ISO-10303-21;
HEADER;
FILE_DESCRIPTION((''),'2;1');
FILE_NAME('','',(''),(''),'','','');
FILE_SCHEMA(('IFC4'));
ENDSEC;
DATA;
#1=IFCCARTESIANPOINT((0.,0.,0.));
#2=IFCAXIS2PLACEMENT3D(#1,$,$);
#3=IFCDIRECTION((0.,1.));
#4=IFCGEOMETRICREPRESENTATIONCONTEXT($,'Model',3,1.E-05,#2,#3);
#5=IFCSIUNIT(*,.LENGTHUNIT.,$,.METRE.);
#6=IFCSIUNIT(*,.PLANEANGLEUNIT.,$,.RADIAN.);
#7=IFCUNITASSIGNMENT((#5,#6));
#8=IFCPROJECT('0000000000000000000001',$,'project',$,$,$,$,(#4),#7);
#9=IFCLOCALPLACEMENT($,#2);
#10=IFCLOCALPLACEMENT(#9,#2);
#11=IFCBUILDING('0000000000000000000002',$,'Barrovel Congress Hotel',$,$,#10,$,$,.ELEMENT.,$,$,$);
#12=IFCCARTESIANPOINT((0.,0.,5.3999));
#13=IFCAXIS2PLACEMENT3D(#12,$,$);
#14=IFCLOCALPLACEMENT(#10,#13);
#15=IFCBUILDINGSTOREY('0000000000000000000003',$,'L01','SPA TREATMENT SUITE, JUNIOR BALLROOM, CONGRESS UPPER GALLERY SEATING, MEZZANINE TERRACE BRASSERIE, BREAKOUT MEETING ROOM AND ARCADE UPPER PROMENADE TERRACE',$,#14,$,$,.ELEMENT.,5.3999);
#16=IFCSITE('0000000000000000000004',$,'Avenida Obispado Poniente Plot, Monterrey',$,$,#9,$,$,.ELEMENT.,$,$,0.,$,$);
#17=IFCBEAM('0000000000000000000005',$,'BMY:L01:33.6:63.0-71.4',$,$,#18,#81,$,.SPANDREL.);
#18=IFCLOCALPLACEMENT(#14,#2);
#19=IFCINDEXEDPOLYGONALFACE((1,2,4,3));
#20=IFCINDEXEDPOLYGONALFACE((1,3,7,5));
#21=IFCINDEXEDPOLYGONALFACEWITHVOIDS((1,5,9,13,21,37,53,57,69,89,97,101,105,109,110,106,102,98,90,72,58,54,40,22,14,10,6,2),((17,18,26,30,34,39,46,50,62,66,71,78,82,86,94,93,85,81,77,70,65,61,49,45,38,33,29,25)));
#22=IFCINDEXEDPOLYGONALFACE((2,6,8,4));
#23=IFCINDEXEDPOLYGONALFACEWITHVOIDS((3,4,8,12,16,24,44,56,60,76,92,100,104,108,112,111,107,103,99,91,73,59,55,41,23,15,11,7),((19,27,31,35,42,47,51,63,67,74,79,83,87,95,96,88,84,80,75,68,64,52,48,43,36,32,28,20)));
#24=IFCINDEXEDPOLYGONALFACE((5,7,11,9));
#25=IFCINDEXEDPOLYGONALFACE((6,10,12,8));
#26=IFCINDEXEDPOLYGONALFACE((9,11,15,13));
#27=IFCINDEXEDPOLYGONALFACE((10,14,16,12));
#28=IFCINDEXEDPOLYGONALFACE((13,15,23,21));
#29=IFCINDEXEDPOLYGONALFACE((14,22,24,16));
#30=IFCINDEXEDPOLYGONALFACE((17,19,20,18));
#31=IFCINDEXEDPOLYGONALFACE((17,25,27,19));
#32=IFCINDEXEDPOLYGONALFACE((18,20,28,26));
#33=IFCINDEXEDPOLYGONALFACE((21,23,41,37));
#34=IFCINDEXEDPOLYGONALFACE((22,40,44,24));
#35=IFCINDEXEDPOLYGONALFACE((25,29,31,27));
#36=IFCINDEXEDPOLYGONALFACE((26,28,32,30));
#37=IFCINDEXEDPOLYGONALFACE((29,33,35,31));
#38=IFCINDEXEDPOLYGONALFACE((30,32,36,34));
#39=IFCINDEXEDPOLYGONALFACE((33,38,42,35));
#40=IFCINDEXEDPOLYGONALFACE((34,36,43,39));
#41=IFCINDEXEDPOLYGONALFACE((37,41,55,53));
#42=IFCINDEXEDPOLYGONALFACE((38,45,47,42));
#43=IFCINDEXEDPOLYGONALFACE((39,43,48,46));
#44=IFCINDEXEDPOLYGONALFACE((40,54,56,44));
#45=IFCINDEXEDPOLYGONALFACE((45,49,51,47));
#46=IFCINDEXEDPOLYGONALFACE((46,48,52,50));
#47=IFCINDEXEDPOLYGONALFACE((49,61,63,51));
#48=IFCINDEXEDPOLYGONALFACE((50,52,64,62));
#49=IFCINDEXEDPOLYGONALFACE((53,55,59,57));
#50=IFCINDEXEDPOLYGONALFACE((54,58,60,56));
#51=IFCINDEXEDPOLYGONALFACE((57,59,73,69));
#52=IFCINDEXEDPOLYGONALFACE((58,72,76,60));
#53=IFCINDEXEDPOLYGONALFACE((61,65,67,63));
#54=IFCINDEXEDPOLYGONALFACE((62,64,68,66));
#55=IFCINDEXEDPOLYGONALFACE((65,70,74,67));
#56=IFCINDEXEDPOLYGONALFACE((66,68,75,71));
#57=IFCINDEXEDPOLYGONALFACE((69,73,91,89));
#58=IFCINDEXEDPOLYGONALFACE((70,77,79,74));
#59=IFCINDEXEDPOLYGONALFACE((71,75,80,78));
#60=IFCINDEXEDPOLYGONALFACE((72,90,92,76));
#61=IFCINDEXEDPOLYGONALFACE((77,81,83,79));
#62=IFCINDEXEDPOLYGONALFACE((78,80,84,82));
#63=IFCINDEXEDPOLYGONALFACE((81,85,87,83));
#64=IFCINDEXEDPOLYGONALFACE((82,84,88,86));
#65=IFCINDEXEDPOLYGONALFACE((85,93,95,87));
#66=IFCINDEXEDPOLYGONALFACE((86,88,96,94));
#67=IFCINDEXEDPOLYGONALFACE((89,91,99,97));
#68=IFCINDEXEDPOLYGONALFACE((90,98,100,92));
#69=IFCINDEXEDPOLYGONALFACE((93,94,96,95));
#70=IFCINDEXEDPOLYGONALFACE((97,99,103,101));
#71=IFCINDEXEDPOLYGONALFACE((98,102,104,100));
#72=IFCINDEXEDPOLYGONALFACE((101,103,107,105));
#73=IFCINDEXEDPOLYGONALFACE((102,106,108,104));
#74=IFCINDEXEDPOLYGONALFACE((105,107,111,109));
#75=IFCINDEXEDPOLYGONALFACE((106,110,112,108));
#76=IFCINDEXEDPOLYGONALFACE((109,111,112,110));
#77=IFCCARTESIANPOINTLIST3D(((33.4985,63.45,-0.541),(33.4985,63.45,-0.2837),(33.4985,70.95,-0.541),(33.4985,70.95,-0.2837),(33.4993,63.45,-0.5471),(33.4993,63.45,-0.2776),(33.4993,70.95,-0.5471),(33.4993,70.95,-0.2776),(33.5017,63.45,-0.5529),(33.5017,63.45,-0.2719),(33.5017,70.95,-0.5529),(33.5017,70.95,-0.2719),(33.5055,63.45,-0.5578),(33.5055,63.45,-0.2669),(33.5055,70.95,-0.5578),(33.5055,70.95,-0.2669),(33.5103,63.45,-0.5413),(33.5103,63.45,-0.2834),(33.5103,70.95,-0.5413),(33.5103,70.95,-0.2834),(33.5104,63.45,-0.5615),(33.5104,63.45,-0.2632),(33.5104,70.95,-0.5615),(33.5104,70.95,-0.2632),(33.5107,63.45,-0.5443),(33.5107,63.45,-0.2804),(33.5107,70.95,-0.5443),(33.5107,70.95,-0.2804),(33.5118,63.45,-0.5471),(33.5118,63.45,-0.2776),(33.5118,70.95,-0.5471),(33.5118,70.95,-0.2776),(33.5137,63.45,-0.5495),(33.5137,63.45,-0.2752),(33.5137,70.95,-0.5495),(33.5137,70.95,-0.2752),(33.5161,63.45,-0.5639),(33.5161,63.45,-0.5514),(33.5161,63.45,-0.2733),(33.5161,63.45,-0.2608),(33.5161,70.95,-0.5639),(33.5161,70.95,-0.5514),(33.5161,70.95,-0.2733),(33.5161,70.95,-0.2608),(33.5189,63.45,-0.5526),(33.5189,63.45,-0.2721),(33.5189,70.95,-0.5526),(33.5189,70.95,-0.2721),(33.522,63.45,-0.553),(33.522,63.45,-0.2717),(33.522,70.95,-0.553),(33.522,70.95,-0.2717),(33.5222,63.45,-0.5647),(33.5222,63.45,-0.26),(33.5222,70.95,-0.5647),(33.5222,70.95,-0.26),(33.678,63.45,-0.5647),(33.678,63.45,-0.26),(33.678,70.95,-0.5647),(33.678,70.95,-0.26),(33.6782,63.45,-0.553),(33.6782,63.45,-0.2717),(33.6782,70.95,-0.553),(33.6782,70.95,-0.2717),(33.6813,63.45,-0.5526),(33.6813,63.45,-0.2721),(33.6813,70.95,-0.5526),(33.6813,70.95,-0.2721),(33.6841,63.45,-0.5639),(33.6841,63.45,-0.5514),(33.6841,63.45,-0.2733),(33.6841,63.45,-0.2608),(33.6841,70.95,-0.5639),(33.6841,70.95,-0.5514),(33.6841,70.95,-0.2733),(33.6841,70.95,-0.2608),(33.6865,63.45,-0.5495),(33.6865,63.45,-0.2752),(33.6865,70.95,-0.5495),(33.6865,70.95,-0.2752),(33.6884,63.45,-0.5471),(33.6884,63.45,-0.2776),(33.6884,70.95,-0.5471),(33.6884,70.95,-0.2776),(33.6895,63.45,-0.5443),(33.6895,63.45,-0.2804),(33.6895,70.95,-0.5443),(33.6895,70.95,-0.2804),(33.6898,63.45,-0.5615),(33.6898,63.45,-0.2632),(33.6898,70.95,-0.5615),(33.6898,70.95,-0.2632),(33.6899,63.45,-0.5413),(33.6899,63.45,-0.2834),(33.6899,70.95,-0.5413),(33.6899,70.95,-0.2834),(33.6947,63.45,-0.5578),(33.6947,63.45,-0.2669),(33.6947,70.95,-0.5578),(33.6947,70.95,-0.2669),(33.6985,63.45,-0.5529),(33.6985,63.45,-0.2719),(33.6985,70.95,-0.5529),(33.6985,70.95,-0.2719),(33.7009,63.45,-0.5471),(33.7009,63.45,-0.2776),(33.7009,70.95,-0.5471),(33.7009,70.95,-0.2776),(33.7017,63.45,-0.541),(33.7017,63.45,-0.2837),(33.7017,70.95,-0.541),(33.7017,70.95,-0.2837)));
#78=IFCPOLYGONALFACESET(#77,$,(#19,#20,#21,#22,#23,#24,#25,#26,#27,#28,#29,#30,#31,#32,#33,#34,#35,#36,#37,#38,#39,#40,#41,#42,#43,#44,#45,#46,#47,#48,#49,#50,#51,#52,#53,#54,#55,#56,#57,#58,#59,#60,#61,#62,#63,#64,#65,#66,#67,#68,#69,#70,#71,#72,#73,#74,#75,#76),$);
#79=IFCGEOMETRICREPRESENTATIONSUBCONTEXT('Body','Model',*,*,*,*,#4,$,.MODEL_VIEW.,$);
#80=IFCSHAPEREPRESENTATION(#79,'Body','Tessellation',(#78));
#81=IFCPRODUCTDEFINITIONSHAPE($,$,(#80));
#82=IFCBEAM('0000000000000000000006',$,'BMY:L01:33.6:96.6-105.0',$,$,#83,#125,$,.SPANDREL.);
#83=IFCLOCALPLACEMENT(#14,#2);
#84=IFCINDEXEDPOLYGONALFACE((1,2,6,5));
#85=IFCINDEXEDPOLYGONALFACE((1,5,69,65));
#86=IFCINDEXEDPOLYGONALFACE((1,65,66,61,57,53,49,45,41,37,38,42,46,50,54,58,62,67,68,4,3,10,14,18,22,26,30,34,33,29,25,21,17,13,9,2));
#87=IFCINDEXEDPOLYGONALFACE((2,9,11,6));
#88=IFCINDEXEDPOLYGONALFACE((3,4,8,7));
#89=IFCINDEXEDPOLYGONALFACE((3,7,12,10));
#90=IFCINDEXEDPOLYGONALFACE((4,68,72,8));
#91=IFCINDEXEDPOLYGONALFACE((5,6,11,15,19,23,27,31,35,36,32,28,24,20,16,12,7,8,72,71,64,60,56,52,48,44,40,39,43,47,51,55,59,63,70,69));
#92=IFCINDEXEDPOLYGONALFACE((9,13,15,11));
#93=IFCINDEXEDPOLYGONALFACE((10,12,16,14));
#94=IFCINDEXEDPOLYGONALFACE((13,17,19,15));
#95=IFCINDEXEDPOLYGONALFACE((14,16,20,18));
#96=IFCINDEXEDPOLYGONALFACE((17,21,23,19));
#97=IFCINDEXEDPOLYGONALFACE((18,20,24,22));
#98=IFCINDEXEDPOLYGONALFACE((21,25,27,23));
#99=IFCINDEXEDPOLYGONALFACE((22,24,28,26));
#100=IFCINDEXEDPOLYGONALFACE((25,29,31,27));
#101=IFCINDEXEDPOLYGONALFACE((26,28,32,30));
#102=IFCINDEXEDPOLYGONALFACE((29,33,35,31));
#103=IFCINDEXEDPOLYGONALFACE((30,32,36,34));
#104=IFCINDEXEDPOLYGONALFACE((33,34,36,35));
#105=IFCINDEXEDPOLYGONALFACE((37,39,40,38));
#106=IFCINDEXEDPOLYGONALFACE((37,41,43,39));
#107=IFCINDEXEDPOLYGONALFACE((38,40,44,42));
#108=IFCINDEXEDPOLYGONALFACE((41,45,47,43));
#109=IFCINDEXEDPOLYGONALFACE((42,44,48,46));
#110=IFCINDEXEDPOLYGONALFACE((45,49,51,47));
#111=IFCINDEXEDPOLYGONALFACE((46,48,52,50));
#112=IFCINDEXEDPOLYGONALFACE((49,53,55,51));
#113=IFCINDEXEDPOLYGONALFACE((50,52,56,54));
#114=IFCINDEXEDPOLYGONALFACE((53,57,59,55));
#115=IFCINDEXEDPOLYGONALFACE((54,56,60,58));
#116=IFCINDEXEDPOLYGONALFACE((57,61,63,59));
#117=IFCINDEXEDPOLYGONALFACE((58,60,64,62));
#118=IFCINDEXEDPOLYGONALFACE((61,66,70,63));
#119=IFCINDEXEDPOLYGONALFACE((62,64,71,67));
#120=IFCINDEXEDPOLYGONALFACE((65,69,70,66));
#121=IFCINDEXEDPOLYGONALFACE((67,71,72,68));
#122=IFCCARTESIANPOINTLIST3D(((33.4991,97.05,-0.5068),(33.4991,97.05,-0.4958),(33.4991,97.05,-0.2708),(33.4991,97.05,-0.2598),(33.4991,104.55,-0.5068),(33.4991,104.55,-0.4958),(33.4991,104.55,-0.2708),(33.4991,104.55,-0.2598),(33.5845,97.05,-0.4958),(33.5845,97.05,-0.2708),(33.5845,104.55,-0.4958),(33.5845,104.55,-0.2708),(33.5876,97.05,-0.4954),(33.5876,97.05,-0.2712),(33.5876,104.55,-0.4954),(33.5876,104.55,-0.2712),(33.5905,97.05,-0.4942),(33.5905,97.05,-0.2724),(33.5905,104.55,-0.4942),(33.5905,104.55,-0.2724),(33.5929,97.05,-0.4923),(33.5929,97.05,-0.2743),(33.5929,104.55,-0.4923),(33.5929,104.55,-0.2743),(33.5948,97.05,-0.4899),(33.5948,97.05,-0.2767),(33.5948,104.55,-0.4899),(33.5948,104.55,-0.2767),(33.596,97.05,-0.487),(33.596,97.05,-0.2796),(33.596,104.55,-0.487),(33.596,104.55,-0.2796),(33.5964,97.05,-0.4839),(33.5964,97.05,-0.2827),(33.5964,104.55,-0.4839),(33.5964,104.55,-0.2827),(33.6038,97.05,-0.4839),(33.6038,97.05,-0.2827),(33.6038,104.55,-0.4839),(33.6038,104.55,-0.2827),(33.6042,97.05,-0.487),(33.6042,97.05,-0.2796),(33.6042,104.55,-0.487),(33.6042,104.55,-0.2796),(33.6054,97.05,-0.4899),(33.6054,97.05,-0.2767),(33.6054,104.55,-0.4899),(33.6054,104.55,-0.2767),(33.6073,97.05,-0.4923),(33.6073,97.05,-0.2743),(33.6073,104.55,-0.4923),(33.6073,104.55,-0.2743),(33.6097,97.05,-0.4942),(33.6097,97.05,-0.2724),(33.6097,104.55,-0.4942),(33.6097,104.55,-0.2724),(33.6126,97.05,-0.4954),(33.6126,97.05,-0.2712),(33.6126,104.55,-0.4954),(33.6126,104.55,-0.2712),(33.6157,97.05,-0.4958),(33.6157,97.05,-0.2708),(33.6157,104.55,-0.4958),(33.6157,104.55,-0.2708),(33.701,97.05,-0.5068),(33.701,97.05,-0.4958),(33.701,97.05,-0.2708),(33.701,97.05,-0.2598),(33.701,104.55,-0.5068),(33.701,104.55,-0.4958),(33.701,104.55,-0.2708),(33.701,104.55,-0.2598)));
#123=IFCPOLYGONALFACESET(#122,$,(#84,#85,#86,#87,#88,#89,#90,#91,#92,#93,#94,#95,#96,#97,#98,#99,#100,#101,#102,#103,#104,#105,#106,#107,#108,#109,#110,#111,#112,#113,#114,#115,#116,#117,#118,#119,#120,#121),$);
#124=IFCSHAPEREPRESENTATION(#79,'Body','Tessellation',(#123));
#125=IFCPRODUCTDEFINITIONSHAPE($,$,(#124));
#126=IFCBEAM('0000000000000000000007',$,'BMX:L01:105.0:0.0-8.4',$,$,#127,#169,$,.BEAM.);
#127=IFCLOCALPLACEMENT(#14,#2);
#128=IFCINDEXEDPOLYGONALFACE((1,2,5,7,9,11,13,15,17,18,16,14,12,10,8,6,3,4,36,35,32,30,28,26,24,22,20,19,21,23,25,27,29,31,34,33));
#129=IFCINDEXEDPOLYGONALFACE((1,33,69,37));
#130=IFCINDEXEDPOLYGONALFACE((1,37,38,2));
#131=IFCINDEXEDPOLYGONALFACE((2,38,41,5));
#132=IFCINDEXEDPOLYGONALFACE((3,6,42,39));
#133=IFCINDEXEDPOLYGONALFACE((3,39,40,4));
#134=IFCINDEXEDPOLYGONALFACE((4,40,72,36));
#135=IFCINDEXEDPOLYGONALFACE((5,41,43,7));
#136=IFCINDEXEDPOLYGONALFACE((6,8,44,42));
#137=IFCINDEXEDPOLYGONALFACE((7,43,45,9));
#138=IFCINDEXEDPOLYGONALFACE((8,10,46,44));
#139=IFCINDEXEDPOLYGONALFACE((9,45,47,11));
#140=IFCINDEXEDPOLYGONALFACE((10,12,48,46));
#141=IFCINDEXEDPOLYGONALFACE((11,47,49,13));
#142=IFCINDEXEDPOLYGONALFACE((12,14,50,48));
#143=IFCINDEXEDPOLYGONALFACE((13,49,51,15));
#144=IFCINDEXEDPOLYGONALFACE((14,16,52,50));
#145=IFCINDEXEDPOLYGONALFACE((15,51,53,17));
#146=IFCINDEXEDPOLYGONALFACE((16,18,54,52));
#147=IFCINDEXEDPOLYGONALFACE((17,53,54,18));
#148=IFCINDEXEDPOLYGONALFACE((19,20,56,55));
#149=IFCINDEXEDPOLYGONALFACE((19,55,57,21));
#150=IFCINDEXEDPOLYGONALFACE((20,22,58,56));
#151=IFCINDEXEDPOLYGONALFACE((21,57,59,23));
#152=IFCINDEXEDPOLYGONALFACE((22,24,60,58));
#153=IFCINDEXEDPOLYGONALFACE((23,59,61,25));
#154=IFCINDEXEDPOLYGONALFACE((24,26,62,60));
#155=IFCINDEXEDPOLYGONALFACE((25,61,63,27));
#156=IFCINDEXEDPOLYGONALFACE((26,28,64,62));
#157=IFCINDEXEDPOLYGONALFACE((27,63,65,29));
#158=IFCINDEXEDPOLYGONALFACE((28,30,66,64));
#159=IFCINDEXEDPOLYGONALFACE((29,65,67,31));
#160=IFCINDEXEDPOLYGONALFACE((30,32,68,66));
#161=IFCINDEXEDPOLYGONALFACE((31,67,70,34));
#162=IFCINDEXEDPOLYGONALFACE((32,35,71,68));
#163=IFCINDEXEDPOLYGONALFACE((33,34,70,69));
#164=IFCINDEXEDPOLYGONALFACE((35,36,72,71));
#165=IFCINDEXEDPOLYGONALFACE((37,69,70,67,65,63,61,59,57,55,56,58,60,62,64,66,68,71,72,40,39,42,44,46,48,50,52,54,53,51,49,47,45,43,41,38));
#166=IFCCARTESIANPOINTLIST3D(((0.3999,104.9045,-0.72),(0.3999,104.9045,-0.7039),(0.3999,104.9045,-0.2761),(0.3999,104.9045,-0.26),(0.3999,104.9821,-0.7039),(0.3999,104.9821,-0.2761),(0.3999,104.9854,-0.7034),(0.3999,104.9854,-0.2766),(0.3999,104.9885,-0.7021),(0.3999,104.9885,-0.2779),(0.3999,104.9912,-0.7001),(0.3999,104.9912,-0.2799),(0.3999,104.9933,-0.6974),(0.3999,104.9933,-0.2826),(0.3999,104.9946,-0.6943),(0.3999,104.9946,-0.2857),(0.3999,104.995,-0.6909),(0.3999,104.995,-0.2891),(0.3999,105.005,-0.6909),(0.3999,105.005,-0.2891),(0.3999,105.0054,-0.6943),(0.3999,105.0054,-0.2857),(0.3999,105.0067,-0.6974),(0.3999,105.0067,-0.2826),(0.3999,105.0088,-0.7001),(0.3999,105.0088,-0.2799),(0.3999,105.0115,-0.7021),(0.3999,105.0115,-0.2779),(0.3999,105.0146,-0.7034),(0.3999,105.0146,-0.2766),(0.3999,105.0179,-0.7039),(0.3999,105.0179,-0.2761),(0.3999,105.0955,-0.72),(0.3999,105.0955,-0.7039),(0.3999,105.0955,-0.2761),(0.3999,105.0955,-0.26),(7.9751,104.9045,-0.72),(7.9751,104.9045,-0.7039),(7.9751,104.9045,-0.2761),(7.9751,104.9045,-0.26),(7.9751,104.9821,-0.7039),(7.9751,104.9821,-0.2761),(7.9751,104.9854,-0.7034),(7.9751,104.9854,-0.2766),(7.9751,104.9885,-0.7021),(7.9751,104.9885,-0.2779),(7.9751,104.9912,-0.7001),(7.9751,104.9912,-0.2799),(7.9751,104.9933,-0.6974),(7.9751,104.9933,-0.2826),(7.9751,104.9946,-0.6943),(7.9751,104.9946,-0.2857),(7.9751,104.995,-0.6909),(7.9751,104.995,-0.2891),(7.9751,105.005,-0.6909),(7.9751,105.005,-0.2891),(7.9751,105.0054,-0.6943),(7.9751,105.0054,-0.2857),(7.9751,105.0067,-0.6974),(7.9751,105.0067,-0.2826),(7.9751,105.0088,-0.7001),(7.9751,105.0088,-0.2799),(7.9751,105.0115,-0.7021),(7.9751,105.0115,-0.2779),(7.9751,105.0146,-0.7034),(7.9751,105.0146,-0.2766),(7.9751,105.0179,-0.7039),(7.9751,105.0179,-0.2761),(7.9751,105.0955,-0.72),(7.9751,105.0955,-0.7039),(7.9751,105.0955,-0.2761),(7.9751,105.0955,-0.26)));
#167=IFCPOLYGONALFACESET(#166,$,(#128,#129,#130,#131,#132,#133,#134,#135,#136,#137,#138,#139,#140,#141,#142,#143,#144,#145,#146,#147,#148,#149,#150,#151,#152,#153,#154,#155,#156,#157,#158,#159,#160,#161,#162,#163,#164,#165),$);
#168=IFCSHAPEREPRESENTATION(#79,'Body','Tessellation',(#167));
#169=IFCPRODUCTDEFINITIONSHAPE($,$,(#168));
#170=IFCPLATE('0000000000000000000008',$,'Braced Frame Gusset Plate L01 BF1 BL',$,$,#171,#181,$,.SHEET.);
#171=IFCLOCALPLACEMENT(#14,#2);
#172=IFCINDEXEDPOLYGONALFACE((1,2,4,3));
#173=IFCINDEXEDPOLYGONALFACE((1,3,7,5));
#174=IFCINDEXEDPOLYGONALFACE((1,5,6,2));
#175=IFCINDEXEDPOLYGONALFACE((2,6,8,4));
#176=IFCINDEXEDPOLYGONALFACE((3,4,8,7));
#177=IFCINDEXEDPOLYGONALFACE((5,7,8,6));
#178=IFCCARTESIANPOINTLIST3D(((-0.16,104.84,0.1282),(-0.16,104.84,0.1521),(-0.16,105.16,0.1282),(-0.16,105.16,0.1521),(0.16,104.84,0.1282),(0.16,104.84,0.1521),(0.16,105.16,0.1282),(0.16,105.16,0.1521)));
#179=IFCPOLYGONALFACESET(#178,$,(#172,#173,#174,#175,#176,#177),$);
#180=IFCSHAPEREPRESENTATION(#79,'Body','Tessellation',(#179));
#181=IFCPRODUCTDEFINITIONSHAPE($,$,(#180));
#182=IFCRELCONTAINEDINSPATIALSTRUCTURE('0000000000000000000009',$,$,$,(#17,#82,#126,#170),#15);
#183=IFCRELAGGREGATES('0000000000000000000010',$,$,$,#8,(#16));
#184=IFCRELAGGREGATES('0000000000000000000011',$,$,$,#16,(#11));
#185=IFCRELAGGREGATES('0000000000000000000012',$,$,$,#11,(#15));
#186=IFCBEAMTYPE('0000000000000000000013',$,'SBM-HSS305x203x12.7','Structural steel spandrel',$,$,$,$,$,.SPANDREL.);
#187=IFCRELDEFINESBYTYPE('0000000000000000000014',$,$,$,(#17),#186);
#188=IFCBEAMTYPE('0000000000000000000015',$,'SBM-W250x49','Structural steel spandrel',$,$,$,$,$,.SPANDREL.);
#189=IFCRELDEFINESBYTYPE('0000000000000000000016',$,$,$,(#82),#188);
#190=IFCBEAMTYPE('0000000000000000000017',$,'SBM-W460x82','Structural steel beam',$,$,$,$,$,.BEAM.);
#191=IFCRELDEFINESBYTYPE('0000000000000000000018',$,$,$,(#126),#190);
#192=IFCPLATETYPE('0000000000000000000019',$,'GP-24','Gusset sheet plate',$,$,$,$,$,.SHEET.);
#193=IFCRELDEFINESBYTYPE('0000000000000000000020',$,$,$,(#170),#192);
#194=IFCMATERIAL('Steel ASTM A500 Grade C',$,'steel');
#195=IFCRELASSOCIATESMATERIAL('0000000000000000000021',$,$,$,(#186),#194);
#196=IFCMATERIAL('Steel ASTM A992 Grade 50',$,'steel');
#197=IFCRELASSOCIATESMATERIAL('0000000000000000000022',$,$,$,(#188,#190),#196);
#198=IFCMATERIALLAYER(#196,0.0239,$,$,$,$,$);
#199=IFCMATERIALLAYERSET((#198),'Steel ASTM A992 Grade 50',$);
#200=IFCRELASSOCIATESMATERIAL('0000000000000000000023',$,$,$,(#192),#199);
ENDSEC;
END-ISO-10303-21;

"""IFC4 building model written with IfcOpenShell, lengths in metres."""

from ifc_helpers import new_model, si_unit, direction, frame, origin, origin_2d, place, context, subcontext, project, spatial, rectangle, hollow_rectangle, i_section, extrude, material, layer, layer_set, material_profile, profile_set, type_object, element, save


model = new_model("IFC4")

# Units and contexts
model_context = context("Model", 3, precision=1e-05, world=origin(), true_north=direction((0.0, 1.0)))
body_context = subcontext(model_context, "Body", "Model", "MODEL_VIEW")
ifc_project = project(units=[si_unit("LENGTHUNIT", "METRE"), si_unit("PLANEANGLEUNIT", "RADIAN")], contexts=[model_context])

# Site, building, storey
site_placement = place(None, origin())
site = spatial("IfcSite", under=ifc_project, at=site_placement, Name="Avenida Obispado Poniente Plot, Monterrey", CompositionType="ELEMENT", RefElevation=0.0)
building_placement = place(site_placement, origin())
building = spatial("IfcBuilding", under=site, at=building_placement, Name="Barrovel Congress Hotel", CompositionType="ELEMENT")
storey_placement = place(building_placement, frame((0.0, 0.0, 5.3999)))
storey = spatial("IfcBuildingStorey", under=building, at=storey_placement, Name="L01", Description="SPA TREATMENT SUITE, JUNIOR BALLROOM, CONGRESS UPPER GALLERY SEATING, MEZZANINE TERRACE BRASSERIE, BREAKOUT MEETING ROOM AND ARCADE UPPER PROMENADE TERRACE", CompositionType="ELEMENT", Elevation=5.3999)

# Shared definitions
ifc_material_1 = material(Name="Steel ASTM A500 Grade C", Category="steel")

# Beams
ifc_material_profile_1 = material_profile(ifc_material_1, hollow_rectangle(XDim=0.2031, YDim=0.3047, WallThickness=0.0117, InnerFilletRadius=0.0117, OuterFilletRadius=0.0237, at=origin_2d()), Name="HSS305x203x12.7")
ifc_profile_set_1 = profile_set([ifc_material_profile_1], Name="Steel ASTM A500 Grade C")
beam_type_1 = type_object("IfcBeamType", Name="SBM-HSS305x203x12.7", Description="Structural steel spandrel", PredefinedType="SPANDREL", material=ifc_profile_set_1)
beam_1_placement = place(storey_placement, frame((33.6001, 63.45, -0.4124), z_axis=(0.0, 1.0, 0.0), x_axis=(-1.0, 0.0, 0.0)))
element("IfcBeam", 1, at=beam_1_placement, inside=storey, type_object=beam_type_1, Name="BMY:L01:33.6:63.0-71.4", PredefinedType="SPANDREL", context=body_context, shape_type="SweptSolid", body=[
    extrude(hollow_rectangle(XDim=0.2031, YDim=0.3047, WallThickness=0.0117, InnerFilletRadius=0.0117, OuterFilletRadius=0.0237, at=origin_2d()), origin(), (0.0, 0.0, 1.0), 7.5),
])
ifc_material_2 = material(Name="Steel ASTM A992 Grade 50", Category="steel")
ifc_material_profile_2 = material_profile(ifc_material_2, i_section(OverallWidth=0.2019, OverallDepth=0.2471, WebThickness=0.0073, FlangeThickness=0.011, FilletRadius=0.012, at=origin_2d()), Name="W250x49")
ifc_profile_set_2 = profile_set([ifc_material_profile_2], Name="Steel ASTM A992 Grade 50")
beam_type_2 = type_object("IfcBeamType", Name="SBM-W250x49", Description="Structural steel spandrel", PredefinedType="SPANDREL", material=ifc_profile_set_2)
beam_2_placement = place(storey_placement, frame((33.6001, 97.05, -0.3833), z_axis=(0.0, 1.0, 0.0), x_axis=(-1.0, 0.0, 0.0)))
element("IfcBeam", 2, at=beam_2_placement, inside=storey, type_object=beam_type_2, Name="BMY:L01:33.6:96.6-105.0", PredefinedType="SPANDREL", context=body_context, shape_type="SweptSolid", body=[
    extrude(i_section(OverallWidth=0.2019, OverallDepth=0.2471, WebThickness=0.0073, FlangeThickness=0.011, FilletRadius=0.012, at=origin_2d()), origin(), (0.0, 0.0, 1.0), 7.5),
])
ifc_material_profile_3 = material_profile(ifc_material_2, i_section(OverallWidth=0.1909, OverallDepth=0.46, WebThickness=0.01, FlangeThickness=0.0161, FilletRadius=0.0129, at=origin_2d()), Name="W460x82")
ifc_profile_set_3 = profile_set([ifc_material_profile_3], Name="Steel ASTM A992 Grade 50")
beam_type_3 = type_object("IfcBeamType", Name="SBM-W460x82", Description="Structural steel beam", PredefinedType="BEAM", material=ifc_profile_set_3)
beam_3_placement = place(storey_placement, frame((0.3999, 105.0, -0.49), z_axis=(1.0, 0.0, 0.0), x_axis=(0.0, 1.0, 0.0)))
element("IfcBeam", 3, at=beam_3_placement, inside=storey, type_object=beam_type_3, Name="BMX:L01:105.0:0.0-8.4", PredefinedType="BEAM", context=body_context, shape_type="SweptSolid", body=[
    extrude(i_section(OverallWidth=0.1909, OverallDepth=0.46, WebThickness=0.01, FlangeThickness=0.0161, FilletRadius=0.0129, at=origin_2d()), origin(), (0.0, 0.0, 1.0), 7.5752),
])

# Plate
ifc_layer_1 = layer(ifc_material_2, 0.0239)
ifc_layer_set_1 = layer_set([ifc_layer_1], Name="Steel ASTM A992 Grade 50")
plate_type = type_object("IfcPlateType", Name="GP-24", Description="Gusset sheet plate", PredefinedType="SHEET", material=ifc_layer_set_1)
plate_placement = place(storey_placement, frame((0.0, 105.0, 0.1282), z_axis=(0.0, 0.0, 1.0), x_axis=(1.0, 0.0, 0.0)))
element("IfcPlate", 4, at=plate_placement, inside=storey, type_object=plate_type, Name="Braced Frame Gusset Plate L01 BF1 BL", PredefinedType="SHEET", context=body_context, shape_type="SweptSolid", body=[
    extrude(rectangle(XDim=0.3201, YDim=0.3201, at=origin_2d()), origin(), (0.0, 0.0, 1.0), 0.0239),
])

save(model, "model.ifc")
